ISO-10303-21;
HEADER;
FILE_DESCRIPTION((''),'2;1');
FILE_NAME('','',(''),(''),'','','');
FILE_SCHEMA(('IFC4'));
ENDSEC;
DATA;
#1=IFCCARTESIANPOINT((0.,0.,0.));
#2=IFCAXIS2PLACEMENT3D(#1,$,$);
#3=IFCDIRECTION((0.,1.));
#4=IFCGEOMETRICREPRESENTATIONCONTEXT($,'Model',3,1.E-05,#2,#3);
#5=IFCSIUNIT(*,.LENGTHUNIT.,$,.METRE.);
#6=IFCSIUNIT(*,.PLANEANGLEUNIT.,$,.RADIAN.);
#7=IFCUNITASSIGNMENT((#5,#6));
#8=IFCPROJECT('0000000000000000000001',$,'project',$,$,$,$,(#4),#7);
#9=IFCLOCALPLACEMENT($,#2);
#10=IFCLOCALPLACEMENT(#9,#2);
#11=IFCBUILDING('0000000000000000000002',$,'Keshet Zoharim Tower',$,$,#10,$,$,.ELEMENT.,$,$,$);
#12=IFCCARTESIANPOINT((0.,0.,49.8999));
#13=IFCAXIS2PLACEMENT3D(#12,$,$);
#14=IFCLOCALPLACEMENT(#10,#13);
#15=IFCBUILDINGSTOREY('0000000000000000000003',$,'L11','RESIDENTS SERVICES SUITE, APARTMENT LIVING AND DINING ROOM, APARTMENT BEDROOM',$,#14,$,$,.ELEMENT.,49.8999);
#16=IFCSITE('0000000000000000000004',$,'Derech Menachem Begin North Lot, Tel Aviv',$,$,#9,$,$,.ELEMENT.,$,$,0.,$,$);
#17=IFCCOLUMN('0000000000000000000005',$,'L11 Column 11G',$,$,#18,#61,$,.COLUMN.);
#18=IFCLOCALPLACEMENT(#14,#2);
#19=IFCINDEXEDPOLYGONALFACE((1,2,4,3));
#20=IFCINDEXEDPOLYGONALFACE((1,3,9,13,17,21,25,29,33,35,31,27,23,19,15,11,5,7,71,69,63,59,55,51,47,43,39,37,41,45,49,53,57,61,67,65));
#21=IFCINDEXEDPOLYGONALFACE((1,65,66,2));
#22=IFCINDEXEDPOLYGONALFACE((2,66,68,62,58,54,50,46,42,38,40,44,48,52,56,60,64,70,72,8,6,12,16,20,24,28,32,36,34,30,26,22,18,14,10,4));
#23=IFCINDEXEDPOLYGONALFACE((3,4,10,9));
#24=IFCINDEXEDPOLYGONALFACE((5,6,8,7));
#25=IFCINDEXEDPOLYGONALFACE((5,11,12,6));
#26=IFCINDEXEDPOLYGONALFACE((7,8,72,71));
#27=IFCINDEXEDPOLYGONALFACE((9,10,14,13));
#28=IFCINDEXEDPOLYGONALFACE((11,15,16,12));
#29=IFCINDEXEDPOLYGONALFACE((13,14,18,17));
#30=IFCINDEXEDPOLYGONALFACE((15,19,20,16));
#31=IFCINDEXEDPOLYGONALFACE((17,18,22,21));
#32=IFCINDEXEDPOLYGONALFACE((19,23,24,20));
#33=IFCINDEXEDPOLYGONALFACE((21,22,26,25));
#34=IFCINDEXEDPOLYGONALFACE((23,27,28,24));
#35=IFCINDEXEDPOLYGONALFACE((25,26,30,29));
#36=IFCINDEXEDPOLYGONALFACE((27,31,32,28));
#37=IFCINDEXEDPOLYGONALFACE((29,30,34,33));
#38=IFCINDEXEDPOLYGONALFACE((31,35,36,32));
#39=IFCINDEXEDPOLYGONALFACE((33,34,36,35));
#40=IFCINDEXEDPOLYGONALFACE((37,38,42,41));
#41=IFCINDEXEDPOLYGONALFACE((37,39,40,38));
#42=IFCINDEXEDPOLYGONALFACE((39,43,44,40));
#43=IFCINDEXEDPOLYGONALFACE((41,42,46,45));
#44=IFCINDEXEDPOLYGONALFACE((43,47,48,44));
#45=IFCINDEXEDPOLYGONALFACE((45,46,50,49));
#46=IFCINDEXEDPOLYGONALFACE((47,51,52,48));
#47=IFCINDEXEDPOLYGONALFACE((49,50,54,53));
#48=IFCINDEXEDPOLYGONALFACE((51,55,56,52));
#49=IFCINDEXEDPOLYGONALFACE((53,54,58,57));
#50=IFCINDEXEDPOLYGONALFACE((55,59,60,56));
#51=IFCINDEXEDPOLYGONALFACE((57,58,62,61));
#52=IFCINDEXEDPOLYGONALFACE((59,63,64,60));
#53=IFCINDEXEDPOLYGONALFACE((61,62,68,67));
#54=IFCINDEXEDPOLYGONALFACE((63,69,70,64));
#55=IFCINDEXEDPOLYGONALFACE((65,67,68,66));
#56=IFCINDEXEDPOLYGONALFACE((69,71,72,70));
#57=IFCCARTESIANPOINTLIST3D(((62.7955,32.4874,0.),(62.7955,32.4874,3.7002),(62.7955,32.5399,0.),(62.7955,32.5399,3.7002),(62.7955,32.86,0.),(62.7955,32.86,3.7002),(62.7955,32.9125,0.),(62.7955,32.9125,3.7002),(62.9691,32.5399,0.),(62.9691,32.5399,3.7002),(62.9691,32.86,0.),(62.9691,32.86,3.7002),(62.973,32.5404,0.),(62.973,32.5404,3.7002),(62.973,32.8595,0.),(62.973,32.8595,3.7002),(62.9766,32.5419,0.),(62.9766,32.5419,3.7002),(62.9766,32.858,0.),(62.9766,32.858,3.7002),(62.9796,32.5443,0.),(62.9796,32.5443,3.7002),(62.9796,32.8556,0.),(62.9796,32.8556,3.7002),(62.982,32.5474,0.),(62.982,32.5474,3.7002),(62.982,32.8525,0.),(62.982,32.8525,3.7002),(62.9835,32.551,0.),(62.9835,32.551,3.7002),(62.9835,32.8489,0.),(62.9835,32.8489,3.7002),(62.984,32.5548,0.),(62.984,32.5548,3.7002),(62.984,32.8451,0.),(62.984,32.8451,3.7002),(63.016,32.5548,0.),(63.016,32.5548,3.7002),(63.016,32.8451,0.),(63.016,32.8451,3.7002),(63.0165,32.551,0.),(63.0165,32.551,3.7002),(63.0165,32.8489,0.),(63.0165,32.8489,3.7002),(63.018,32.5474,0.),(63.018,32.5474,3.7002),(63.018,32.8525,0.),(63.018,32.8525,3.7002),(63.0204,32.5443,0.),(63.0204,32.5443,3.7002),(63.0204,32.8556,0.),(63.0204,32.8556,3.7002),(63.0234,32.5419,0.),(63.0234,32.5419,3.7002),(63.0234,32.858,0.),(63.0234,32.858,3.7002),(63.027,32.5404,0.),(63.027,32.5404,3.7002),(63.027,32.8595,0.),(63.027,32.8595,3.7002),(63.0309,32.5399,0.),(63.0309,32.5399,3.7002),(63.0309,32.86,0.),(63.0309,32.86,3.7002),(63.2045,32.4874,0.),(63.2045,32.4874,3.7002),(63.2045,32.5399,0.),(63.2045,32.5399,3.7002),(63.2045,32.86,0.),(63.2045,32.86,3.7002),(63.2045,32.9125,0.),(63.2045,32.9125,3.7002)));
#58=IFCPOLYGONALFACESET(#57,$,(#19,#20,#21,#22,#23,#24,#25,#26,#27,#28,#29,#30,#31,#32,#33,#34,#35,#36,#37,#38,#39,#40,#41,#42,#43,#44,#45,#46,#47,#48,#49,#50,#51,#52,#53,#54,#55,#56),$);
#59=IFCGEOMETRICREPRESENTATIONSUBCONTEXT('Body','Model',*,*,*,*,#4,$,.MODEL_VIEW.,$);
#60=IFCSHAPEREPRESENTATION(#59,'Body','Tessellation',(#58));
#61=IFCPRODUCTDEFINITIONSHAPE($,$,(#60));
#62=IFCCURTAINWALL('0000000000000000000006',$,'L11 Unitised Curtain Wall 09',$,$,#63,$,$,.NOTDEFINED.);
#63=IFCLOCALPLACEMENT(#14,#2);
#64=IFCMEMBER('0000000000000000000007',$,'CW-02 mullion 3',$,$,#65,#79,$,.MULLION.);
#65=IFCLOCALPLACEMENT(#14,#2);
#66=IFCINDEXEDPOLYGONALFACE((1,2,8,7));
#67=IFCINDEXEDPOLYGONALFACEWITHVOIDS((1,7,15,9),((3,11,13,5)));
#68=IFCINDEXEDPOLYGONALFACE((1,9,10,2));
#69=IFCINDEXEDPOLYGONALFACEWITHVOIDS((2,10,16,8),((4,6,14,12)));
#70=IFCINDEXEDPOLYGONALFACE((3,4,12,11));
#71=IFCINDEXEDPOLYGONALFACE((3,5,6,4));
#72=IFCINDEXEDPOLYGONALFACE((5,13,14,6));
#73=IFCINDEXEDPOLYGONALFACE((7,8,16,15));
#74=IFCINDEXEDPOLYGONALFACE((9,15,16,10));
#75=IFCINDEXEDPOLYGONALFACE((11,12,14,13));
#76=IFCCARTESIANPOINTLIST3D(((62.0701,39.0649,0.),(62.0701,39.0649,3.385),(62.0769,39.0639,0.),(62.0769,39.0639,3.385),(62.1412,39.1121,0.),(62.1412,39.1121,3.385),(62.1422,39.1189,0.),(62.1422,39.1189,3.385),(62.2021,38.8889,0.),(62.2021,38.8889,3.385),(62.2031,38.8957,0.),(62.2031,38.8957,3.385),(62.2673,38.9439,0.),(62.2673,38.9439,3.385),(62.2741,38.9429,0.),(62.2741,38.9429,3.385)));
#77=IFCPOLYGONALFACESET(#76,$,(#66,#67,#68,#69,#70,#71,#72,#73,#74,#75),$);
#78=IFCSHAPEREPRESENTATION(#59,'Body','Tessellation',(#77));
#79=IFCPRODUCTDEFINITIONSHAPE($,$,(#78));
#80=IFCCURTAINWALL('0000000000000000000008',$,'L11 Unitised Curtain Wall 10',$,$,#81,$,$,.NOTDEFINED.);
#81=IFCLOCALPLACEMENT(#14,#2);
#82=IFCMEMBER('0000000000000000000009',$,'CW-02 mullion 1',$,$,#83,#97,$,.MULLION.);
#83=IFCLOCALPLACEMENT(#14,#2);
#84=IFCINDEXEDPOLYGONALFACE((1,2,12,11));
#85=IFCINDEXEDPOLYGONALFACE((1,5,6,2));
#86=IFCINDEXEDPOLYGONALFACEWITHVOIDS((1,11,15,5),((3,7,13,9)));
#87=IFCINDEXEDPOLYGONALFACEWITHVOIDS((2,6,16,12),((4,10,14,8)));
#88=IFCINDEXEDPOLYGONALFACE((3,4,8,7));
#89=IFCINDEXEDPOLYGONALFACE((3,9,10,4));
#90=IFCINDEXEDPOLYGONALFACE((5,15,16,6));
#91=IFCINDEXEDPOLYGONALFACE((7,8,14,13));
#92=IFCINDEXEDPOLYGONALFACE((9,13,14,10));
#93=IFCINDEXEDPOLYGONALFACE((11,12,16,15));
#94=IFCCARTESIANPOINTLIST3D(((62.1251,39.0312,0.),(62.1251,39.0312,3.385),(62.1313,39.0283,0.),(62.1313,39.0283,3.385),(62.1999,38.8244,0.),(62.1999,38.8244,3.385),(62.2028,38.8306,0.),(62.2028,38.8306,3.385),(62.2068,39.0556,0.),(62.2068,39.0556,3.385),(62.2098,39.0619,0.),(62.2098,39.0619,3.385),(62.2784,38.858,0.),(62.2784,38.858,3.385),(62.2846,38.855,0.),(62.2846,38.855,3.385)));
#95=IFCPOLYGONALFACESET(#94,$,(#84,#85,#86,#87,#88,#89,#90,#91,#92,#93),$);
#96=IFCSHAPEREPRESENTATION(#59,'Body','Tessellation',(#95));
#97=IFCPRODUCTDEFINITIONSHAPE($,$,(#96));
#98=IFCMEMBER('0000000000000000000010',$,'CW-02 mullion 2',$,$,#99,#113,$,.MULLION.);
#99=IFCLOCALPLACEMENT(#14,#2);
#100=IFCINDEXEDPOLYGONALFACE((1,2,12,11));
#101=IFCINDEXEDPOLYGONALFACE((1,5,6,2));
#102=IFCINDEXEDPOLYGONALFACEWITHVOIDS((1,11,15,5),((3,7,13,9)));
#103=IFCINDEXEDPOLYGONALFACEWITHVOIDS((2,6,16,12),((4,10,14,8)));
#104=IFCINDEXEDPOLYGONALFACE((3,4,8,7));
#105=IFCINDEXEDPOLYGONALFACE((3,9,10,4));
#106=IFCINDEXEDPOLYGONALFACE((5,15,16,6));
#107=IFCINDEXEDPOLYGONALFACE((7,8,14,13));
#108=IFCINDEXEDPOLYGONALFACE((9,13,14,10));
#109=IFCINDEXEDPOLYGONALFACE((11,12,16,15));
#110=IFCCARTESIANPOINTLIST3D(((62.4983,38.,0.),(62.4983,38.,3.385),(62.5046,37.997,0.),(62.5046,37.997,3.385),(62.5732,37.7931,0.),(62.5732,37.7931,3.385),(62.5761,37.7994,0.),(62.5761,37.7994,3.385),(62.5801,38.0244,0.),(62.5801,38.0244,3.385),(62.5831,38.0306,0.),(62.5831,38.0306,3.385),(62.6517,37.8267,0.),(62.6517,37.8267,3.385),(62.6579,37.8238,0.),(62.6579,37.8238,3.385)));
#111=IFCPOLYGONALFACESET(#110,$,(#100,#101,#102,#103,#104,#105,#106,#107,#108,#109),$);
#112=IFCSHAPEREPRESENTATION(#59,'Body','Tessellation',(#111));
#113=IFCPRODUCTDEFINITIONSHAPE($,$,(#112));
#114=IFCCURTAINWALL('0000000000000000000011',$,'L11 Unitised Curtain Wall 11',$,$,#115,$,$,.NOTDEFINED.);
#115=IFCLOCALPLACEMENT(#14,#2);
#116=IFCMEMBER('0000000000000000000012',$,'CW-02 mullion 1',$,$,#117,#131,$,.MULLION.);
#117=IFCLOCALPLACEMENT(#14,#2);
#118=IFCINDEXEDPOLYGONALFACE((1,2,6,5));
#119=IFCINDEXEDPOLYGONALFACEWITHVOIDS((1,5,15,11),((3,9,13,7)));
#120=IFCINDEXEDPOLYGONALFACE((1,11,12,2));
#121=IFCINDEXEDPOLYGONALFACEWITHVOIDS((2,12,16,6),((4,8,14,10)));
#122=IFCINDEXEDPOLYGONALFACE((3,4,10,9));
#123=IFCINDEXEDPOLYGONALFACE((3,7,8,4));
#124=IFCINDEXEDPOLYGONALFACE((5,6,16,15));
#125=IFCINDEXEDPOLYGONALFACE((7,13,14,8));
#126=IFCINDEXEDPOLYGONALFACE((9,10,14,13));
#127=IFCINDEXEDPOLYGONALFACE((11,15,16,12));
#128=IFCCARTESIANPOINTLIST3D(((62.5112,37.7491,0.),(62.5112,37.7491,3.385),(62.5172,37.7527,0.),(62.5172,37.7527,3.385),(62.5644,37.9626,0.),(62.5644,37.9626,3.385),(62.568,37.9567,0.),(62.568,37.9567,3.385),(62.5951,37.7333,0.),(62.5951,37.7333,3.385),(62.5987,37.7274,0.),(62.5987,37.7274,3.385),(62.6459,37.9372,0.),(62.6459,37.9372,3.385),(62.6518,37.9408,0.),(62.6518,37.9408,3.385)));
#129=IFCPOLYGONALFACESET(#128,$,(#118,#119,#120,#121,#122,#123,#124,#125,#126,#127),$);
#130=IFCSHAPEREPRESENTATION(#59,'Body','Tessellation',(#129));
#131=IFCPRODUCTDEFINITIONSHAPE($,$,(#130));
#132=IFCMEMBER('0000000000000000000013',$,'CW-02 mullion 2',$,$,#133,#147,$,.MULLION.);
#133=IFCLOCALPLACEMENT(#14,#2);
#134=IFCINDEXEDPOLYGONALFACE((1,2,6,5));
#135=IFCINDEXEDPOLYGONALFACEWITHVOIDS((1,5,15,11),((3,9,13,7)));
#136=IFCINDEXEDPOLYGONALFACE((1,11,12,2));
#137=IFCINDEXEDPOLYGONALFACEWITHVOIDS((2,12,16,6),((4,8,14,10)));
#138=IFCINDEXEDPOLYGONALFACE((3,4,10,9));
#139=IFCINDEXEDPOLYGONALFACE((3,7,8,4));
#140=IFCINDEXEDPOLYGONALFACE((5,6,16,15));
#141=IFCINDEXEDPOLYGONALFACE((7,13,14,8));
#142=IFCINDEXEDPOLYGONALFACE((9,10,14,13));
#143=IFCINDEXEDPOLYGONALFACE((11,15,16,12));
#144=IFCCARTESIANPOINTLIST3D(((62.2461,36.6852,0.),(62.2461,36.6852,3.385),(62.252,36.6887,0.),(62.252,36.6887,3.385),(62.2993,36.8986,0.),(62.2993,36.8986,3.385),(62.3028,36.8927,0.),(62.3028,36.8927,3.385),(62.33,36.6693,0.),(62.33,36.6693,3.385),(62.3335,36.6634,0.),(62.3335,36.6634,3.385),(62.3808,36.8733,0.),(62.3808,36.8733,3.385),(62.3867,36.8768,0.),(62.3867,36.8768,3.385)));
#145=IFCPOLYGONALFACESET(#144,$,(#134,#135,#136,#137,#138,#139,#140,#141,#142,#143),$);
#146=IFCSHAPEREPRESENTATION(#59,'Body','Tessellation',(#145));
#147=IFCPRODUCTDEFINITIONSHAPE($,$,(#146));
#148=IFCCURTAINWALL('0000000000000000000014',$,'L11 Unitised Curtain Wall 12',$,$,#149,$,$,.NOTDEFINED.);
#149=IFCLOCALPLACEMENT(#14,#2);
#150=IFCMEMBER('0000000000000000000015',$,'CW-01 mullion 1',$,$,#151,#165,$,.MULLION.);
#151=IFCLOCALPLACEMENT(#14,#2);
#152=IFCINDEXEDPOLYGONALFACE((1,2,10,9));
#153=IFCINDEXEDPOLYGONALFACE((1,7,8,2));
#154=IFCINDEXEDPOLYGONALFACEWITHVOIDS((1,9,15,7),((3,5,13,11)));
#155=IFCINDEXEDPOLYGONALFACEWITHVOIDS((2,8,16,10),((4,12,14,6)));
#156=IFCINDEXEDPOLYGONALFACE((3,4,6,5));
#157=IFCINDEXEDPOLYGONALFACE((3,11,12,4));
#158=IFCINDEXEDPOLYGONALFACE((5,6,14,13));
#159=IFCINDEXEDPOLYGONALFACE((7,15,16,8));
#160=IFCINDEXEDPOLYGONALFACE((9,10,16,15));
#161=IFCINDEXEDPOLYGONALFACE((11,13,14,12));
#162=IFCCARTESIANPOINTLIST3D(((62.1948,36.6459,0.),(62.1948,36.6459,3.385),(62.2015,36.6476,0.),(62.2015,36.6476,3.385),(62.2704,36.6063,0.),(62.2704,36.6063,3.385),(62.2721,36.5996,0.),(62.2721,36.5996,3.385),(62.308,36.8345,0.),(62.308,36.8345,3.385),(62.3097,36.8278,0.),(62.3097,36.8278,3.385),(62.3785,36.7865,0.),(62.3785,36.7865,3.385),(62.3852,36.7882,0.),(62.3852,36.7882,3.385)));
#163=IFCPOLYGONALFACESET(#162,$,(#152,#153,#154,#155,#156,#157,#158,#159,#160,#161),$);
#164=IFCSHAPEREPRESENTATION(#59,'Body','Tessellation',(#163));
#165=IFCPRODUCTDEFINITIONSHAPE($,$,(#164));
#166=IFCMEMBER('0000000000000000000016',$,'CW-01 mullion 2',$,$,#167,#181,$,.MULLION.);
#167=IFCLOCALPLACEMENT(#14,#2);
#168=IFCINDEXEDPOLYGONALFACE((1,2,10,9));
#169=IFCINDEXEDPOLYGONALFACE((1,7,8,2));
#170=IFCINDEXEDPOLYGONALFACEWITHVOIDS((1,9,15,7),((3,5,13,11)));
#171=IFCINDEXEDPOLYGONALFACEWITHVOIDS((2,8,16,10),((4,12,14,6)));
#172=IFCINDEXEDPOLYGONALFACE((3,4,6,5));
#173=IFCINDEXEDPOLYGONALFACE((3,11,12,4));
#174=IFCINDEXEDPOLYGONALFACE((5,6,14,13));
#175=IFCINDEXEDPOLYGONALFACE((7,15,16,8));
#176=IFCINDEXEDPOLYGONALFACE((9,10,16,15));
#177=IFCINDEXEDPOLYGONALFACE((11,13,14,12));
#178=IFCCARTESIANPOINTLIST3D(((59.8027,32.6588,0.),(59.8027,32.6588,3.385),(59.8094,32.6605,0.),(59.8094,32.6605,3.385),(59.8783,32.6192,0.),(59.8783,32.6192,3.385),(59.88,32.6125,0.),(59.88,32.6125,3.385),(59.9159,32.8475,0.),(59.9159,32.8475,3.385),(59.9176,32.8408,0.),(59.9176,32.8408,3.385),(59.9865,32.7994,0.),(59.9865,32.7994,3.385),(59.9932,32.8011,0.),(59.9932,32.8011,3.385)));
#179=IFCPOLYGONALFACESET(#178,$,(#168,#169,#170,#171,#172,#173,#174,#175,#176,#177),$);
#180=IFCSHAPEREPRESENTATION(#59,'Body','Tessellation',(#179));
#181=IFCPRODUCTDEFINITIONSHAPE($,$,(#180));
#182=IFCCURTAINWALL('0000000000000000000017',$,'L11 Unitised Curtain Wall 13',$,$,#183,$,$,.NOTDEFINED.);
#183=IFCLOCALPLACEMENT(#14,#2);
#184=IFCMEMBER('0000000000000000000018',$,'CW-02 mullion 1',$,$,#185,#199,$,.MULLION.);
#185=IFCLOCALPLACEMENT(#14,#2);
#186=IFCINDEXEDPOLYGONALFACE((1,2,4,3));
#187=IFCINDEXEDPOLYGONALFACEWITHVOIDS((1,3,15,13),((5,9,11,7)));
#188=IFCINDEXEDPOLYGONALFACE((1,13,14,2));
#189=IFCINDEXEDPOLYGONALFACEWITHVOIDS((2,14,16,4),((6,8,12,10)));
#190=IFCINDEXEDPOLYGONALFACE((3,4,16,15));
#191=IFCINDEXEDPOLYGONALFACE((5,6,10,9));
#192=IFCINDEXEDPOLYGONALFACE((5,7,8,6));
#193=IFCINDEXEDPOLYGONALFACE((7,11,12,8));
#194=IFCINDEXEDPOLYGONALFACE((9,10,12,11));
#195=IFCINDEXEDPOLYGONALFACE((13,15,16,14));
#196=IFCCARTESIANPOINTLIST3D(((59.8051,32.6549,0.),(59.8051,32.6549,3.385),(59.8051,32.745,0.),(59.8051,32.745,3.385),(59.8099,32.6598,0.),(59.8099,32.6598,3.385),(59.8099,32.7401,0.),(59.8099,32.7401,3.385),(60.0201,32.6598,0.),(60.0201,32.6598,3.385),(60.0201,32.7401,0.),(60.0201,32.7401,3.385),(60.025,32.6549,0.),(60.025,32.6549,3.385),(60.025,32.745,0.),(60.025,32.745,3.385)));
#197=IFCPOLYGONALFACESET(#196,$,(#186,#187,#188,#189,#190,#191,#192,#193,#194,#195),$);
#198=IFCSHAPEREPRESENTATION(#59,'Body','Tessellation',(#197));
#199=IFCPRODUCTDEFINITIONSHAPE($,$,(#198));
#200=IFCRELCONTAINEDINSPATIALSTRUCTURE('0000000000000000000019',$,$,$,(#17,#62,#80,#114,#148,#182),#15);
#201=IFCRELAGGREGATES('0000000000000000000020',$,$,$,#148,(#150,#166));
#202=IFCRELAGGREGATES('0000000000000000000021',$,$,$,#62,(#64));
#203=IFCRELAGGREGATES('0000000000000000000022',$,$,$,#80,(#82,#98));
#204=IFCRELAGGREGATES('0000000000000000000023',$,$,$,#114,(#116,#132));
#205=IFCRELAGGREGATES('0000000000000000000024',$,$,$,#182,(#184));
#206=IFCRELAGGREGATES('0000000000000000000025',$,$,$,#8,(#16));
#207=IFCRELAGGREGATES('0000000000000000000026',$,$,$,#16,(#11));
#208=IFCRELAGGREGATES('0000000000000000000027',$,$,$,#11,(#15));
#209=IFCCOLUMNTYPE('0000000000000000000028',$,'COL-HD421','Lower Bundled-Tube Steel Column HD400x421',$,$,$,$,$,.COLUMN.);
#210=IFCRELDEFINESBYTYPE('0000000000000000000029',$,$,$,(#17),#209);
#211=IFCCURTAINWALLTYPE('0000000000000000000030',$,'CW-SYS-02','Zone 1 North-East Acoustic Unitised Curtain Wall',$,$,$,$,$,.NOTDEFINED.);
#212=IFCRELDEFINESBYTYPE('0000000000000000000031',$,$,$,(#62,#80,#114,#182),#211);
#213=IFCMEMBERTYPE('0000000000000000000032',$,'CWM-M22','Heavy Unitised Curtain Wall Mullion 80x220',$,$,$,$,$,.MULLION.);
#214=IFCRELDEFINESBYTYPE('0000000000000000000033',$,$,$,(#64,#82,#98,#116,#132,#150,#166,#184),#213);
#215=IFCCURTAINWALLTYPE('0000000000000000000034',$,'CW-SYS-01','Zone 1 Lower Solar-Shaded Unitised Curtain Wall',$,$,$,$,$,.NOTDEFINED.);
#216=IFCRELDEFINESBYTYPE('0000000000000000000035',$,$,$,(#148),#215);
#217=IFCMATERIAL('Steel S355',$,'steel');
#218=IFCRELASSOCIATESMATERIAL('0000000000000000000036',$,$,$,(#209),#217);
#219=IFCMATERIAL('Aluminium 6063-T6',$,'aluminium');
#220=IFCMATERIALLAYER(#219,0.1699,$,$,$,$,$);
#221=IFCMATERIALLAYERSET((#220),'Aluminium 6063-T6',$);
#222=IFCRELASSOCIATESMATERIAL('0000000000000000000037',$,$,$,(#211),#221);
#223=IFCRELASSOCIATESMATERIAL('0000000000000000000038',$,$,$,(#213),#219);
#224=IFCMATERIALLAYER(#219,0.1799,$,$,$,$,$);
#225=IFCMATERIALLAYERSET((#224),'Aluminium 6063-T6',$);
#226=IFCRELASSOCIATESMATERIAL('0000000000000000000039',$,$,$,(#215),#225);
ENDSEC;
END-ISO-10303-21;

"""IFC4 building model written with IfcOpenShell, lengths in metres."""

from ifc_helpers import new_model, si_unit, direction, frame, origin, origin_2d, place, context, subcontext, project, spatial, hollow_rectangle, i_section, extrude, material, layer, layer_set, material_profile, profile_set, type_object, element, aggregate, save


model = new_model("IFC4")

# Units and contexts
model_context = context("Model", 3, precision=1e-05, world=origin(), true_north=direction((0.0, 1.0)))
body_context = subcontext(model_context, "Body", "Model", "MODEL_VIEW")
ifc_project = project(units=[si_unit("LENGTHUNIT", "METRE"), si_unit("PLANEANGLEUNIT", "RADIAN")], contexts=[model_context])

# Site, building, storey
site_placement = place(None, origin())
site = spatial("IfcSite", under=ifc_project, at=site_placement, Name="Derech Menachem Begin North Lot, Tel Aviv", CompositionType="ELEMENT", RefElevation=0.0)
building_placement = place(site_placement, origin())
building = spatial("IfcBuilding", under=site, at=building_placement, Name="Keshet Zoharim Tower", CompositionType="ELEMENT")
storey_placement = place(building_placement, frame((0.0, 0.0, 49.8999)))
storey = spatial("IfcBuildingStorey", under=building, at=storey_placement, Name="L11", Description="RESIDENTS SERVICES SUITE, APARTMENT LIVING AND DINING ROOM, APARTMENT BEDROOM", CompositionType="ELEMENT", Elevation=49.8999)

# Column
ifc_material_1 = material(Name="Steel S355", Category="steel")
ifc_material_profile_1 = material_profile(ifc_material_1, i_section(OverallWidth=0.4089, OverallDepth=0.425, WebThickness=0.032, FlangeThickness=0.0525, FilletRadius=0.0149, at=origin_2d()), Name="HD400x421")
ifc_profile_set_1 = profile_set([ifc_material_profile_1], Name="Steel S355")
column_type = type_object("IfcColumnType", Name="COL-HD421", Description="Lower Bundled-Tube Steel Column HD400x421", PredefinedType="COLUMN", material=ifc_profile_set_1)
column_placement = place(storey_placement, frame((63.0, 32.7, 0.0), z_axis=(0.0, 0.0, 1.0), x_axis=(1.0, 0.0, 0.0)))
element("IfcColumn", 1, at=column_placement, inside=storey, type_object=column_type, Name="L11 Column 11G", PredefinedType="COLUMN", context=body_context, shape_type="SweptSolid", body=[
    extrude(i_section(OverallWidth=0.4089, OverallDepth=0.425, WebThickness=0.032, FlangeThickness=0.0525, FilletRadius=0.0149, at=origin_2d()), origin(), (0.0, 0.0, 1.0), 3.7002),
])

# Curtain wall, member
ifc_material_2 = material(Name="Aluminium 6063-T6", Category="aluminium")
ifc_layer_1 = layer(ifc_material_2, 0.1699)
ifc_layer_set_1 = layer_set([ifc_layer_1], Name="Aluminium 6063-T6")
curtain_wall_type_1 = type_object("IfcCurtainWallType", Name="CW-SYS-02", Description="Zone 1 North-East Acoustic Unitised Curtain Wall", PredefinedType="NOTDEFINED", material=ifc_layer_set_1)
curtain_wall_1_placement = place(storey_placement, origin())
curtain_wall_1 = element("IfcCurtainWall", 2, at=curtain_wall_1_placement, inside=storey, type_object=curtain_wall_type_1, Name="L11 Unitised Curtain Wall 09", PredefinedType="NOTDEFINED")
ifc_material_profile_2 = material_profile(ifc_material_2, hollow_rectangle(XDim=0.0901, YDim=0.22, WallThickness=0.0049, at=origin_2d()), Name="MUL-90x220")
ifc_profile_set_2 = profile_set([ifc_material_profile_2], Name="Aluminium 6063-T6")
member_type_1 = type_object("IfcMemberType", Name="CWM-M22", Description="Heavy Unitised Curtain Wall Mullion 80x220", PredefinedType="MULLION", material=ifc_profile_set_2)
member_1_placement = place(storey_placement, frame((62.1721, 39.0039, 0.0), z_axis=(0.0, 0.0, 1.0), x_axis=(0.8, 0.6, 0.0)))
member_1 = element("IfcMember", 3, at=member_1_placement, type_object=member_type_1, Name="CW-02 mullion 3", PredefinedType="MULLION", context=body_context, shape_type="SweptSolid", body=[
    extrude(hollow_rectangle(XDim=0.0901, YDim=0.22, WallThickness=0.0049, at=origin_2d()), origin(), (0.0, 0.0, 1.0), 3.385),
])

# Curtain walls, members
curtain_wall_2_placement = place(storey_placement, origin())
curtain_wall_2 = element("IfcCurtainWall", 4, at=curtain_wall_2_placement, inside=storey, type_object=curtain_wall_type_1, Name="L11 Unitised Curtain Wall 10", PredefinedType="NOTDEFINED")
member_2_placement = place(storey_placement, frame((62.2048, 38.9431, 0.0), z_axis=(0.0, 0.0, 1.0), x_axis=(0.940318, 0.340297, 0.0)))
member_2 = element("IfcMember", 5, at=member_2_placement, type_object=member_type_1, Name="CW-02 mullion 1", PredefinedType="MULLION", context=body_context, shape_type="SweptSolid", body=[
    extrude(hollow_rectangle(XDim=0.0901, YDim=0.22, WallThickness=0.0049, at=origin_2d()), origin(), (0.0, 0.0, 1.0), 3.385),
])
member_3_placement = place(storey_placement, frame((62.5781, 37.9119, 0.0), z_axis=(0.0, 0.0, 1.0), x_axis=(0.940318, 0.340297, 0.0)))
member_3 = element("IfcMember", 6, at=member_3_placement, type_object=member_type_1, Name="CW-02 mullion 2", PredefinedType="MULLION", context=body_context, shape_type="SweptSolid", body=[
    extrude(hollow_rectangle(XDim=0.0901, YDim=0.22, WallThickness=0.0049, at=origin_2d()), origin(), (0.0, 0.0, 1.0), 3.385),
])
curtain_wall_3_placement = place(storey_placement, origin())
curtain_wall_3 = element("IfcCurtainWall", 7, at=curtain_wall_3_placement, inside=storey, type_object=curtain_wall_type_1, Name="L11 Unitised Curtain Wall 11", PredefinedType="NOTDEFINED")
member_4_placement = place(storey_placement, frame((62.5815, 37.845, 0.0), z_axis=(0.0, 0.0, 1.0), x_axis=(0.970344, -0.241729, 0.0)))
member_4 = element("IfcMember", 8, at=member_4_placement, type_object=member_type_1, Name="CW-02 mullion 1", PredefinedType="MULLION", context=body_context, shape_type="SweptSolid", body=[
    extrude(hollow_rectangle(XDim=0.0901, YDim=0.22, WallThickness=0.0049, at=origin_2d()), origin(), (0.0, 0.0, 1.0), 3.385),
])
member_5_placement = place(storey_placement, frame((62.3164, 36.781, 0.0), z_axis=(0.0, 0.0, 1.0), x_axis=(0.970344, -0.241729, 0.0)))
member_5 = element("IfcMember", 9, at=member_5_placement, type_object=member_type_1, Name="CW-02 mullion 2", PredefinedType="MULLION", context=body_context, shape_type="SweptSolid", body=[
    extrude(hollow_rectangle(XDim=0.0901, YDim=0.22, WallThickness=0.0049, at=origin_2d()), origin(), (0.0, 0.0, 1.0), 3.385),
])
ifc_layer_2 = layer(ifc_material_2, 0.1799)
ifc_layer_set_2 = layer_set([ifc_layer_2], Name="Aluminium 6063-T6")
curtain_wall_type_2 = type_object("IfcCurtainWallType", Name="CW-SYS-01", Description="Zone 1 Lower Solar-Shaded Unitised Curtain Wall", PredefinedType="NOTDEFINED", material=ifc_layer_set_2)
curtain_wall_4_placement = place(storey_placement, origin())
curtain_wall_4 = element("IfcCurtainWall", 10, at=curtain_wall_4_placement, inside=storey, type_object=curtain_wall_type_2, Name="L11 Unitised Curtain Wall 12", PredefinedType="NOTDEFINED")
member_6_placement = place(storey_placement, frame((62.29, 36.717, 0.0), z_axis=(0.0, 0.0, 1.0), x_axis=(0.857512, -0.514465, 0.0)))
member_6 = element("IfcMember", 11, at=member_6_placement, type_object=member_type_1, Name="CW-01 mullion 1", PredefinedType="MULLION", context=body_context, shape_type="SweptSolid", body=[
    extrude(hollow_rectangle(XDim=0.0901, YDim=0.22, WallThickness=0.0049, at=origin_2d()), origin(), (0.0, 0.0, 1.0), 3.385),
])
member_7_placement = place(storey_placement, frame((59.8979, 32.73, 0.0), z_axis=(0.0, 0.0, 1.0), x_axis=(0.857512, -0.514465, 0.0)))
member_7 = element("IfcMember", 12, at=member_7_placement, type_object=member_type_1, Name="CW-01 mullion 2", PredefinedType="MULLION", context=body_context, shape_type="SweptSolid", body=[
    extrude(hollow_rectangle(XDim=0.0901, YDim=0.22, WallThickness=0.0049, at=origin_2d()), origin(), (0.0, 0.0, 1.0), 3.385),
])
curtain_wall_5_placement = place(storey_placement, origin())
curtain_wall_5 = element("IfcCurtainWall", 13, at=curtain_wall_5_placement, inside=storey, type_object=curtain_wall_type_1, Name="L11 Unitised Curtain Wall 13", PredefinedType="NOTDEFINED")
member_8_placement = place(storey_placement, frame((59.915, 32.7, 0.0), z_axis=(0.0, 0.0, 1.0), x_axis=(0.0, 1.0, 0.0)))
member_8 = element("IfcMember", 14, at=member_8_placement, type_object=member_type_1, Name="CW-02 mullion 1", PredefinedType="MULLION", context=body_context, shape_type="SweptSolid", body=[
    extrude(hollow_rectangle(XDim=0.0901, YDim=0.22, WallThickness=0.0049, at=origin_2d()), origin(), (0.0, 0.0, 1.0), 3.385),
])

aggregate(curtain_wall_4, [member_6, member_7])
aggregate(curtain_wall_1, [member_1])
aggregate(curtain_wall_2, [member_2, member_3])
aggregate(curtain_wall_3, [member_4, member_5])
aggregate(curtain_wall_5, [member_8])

save(model, "model.ifc")
